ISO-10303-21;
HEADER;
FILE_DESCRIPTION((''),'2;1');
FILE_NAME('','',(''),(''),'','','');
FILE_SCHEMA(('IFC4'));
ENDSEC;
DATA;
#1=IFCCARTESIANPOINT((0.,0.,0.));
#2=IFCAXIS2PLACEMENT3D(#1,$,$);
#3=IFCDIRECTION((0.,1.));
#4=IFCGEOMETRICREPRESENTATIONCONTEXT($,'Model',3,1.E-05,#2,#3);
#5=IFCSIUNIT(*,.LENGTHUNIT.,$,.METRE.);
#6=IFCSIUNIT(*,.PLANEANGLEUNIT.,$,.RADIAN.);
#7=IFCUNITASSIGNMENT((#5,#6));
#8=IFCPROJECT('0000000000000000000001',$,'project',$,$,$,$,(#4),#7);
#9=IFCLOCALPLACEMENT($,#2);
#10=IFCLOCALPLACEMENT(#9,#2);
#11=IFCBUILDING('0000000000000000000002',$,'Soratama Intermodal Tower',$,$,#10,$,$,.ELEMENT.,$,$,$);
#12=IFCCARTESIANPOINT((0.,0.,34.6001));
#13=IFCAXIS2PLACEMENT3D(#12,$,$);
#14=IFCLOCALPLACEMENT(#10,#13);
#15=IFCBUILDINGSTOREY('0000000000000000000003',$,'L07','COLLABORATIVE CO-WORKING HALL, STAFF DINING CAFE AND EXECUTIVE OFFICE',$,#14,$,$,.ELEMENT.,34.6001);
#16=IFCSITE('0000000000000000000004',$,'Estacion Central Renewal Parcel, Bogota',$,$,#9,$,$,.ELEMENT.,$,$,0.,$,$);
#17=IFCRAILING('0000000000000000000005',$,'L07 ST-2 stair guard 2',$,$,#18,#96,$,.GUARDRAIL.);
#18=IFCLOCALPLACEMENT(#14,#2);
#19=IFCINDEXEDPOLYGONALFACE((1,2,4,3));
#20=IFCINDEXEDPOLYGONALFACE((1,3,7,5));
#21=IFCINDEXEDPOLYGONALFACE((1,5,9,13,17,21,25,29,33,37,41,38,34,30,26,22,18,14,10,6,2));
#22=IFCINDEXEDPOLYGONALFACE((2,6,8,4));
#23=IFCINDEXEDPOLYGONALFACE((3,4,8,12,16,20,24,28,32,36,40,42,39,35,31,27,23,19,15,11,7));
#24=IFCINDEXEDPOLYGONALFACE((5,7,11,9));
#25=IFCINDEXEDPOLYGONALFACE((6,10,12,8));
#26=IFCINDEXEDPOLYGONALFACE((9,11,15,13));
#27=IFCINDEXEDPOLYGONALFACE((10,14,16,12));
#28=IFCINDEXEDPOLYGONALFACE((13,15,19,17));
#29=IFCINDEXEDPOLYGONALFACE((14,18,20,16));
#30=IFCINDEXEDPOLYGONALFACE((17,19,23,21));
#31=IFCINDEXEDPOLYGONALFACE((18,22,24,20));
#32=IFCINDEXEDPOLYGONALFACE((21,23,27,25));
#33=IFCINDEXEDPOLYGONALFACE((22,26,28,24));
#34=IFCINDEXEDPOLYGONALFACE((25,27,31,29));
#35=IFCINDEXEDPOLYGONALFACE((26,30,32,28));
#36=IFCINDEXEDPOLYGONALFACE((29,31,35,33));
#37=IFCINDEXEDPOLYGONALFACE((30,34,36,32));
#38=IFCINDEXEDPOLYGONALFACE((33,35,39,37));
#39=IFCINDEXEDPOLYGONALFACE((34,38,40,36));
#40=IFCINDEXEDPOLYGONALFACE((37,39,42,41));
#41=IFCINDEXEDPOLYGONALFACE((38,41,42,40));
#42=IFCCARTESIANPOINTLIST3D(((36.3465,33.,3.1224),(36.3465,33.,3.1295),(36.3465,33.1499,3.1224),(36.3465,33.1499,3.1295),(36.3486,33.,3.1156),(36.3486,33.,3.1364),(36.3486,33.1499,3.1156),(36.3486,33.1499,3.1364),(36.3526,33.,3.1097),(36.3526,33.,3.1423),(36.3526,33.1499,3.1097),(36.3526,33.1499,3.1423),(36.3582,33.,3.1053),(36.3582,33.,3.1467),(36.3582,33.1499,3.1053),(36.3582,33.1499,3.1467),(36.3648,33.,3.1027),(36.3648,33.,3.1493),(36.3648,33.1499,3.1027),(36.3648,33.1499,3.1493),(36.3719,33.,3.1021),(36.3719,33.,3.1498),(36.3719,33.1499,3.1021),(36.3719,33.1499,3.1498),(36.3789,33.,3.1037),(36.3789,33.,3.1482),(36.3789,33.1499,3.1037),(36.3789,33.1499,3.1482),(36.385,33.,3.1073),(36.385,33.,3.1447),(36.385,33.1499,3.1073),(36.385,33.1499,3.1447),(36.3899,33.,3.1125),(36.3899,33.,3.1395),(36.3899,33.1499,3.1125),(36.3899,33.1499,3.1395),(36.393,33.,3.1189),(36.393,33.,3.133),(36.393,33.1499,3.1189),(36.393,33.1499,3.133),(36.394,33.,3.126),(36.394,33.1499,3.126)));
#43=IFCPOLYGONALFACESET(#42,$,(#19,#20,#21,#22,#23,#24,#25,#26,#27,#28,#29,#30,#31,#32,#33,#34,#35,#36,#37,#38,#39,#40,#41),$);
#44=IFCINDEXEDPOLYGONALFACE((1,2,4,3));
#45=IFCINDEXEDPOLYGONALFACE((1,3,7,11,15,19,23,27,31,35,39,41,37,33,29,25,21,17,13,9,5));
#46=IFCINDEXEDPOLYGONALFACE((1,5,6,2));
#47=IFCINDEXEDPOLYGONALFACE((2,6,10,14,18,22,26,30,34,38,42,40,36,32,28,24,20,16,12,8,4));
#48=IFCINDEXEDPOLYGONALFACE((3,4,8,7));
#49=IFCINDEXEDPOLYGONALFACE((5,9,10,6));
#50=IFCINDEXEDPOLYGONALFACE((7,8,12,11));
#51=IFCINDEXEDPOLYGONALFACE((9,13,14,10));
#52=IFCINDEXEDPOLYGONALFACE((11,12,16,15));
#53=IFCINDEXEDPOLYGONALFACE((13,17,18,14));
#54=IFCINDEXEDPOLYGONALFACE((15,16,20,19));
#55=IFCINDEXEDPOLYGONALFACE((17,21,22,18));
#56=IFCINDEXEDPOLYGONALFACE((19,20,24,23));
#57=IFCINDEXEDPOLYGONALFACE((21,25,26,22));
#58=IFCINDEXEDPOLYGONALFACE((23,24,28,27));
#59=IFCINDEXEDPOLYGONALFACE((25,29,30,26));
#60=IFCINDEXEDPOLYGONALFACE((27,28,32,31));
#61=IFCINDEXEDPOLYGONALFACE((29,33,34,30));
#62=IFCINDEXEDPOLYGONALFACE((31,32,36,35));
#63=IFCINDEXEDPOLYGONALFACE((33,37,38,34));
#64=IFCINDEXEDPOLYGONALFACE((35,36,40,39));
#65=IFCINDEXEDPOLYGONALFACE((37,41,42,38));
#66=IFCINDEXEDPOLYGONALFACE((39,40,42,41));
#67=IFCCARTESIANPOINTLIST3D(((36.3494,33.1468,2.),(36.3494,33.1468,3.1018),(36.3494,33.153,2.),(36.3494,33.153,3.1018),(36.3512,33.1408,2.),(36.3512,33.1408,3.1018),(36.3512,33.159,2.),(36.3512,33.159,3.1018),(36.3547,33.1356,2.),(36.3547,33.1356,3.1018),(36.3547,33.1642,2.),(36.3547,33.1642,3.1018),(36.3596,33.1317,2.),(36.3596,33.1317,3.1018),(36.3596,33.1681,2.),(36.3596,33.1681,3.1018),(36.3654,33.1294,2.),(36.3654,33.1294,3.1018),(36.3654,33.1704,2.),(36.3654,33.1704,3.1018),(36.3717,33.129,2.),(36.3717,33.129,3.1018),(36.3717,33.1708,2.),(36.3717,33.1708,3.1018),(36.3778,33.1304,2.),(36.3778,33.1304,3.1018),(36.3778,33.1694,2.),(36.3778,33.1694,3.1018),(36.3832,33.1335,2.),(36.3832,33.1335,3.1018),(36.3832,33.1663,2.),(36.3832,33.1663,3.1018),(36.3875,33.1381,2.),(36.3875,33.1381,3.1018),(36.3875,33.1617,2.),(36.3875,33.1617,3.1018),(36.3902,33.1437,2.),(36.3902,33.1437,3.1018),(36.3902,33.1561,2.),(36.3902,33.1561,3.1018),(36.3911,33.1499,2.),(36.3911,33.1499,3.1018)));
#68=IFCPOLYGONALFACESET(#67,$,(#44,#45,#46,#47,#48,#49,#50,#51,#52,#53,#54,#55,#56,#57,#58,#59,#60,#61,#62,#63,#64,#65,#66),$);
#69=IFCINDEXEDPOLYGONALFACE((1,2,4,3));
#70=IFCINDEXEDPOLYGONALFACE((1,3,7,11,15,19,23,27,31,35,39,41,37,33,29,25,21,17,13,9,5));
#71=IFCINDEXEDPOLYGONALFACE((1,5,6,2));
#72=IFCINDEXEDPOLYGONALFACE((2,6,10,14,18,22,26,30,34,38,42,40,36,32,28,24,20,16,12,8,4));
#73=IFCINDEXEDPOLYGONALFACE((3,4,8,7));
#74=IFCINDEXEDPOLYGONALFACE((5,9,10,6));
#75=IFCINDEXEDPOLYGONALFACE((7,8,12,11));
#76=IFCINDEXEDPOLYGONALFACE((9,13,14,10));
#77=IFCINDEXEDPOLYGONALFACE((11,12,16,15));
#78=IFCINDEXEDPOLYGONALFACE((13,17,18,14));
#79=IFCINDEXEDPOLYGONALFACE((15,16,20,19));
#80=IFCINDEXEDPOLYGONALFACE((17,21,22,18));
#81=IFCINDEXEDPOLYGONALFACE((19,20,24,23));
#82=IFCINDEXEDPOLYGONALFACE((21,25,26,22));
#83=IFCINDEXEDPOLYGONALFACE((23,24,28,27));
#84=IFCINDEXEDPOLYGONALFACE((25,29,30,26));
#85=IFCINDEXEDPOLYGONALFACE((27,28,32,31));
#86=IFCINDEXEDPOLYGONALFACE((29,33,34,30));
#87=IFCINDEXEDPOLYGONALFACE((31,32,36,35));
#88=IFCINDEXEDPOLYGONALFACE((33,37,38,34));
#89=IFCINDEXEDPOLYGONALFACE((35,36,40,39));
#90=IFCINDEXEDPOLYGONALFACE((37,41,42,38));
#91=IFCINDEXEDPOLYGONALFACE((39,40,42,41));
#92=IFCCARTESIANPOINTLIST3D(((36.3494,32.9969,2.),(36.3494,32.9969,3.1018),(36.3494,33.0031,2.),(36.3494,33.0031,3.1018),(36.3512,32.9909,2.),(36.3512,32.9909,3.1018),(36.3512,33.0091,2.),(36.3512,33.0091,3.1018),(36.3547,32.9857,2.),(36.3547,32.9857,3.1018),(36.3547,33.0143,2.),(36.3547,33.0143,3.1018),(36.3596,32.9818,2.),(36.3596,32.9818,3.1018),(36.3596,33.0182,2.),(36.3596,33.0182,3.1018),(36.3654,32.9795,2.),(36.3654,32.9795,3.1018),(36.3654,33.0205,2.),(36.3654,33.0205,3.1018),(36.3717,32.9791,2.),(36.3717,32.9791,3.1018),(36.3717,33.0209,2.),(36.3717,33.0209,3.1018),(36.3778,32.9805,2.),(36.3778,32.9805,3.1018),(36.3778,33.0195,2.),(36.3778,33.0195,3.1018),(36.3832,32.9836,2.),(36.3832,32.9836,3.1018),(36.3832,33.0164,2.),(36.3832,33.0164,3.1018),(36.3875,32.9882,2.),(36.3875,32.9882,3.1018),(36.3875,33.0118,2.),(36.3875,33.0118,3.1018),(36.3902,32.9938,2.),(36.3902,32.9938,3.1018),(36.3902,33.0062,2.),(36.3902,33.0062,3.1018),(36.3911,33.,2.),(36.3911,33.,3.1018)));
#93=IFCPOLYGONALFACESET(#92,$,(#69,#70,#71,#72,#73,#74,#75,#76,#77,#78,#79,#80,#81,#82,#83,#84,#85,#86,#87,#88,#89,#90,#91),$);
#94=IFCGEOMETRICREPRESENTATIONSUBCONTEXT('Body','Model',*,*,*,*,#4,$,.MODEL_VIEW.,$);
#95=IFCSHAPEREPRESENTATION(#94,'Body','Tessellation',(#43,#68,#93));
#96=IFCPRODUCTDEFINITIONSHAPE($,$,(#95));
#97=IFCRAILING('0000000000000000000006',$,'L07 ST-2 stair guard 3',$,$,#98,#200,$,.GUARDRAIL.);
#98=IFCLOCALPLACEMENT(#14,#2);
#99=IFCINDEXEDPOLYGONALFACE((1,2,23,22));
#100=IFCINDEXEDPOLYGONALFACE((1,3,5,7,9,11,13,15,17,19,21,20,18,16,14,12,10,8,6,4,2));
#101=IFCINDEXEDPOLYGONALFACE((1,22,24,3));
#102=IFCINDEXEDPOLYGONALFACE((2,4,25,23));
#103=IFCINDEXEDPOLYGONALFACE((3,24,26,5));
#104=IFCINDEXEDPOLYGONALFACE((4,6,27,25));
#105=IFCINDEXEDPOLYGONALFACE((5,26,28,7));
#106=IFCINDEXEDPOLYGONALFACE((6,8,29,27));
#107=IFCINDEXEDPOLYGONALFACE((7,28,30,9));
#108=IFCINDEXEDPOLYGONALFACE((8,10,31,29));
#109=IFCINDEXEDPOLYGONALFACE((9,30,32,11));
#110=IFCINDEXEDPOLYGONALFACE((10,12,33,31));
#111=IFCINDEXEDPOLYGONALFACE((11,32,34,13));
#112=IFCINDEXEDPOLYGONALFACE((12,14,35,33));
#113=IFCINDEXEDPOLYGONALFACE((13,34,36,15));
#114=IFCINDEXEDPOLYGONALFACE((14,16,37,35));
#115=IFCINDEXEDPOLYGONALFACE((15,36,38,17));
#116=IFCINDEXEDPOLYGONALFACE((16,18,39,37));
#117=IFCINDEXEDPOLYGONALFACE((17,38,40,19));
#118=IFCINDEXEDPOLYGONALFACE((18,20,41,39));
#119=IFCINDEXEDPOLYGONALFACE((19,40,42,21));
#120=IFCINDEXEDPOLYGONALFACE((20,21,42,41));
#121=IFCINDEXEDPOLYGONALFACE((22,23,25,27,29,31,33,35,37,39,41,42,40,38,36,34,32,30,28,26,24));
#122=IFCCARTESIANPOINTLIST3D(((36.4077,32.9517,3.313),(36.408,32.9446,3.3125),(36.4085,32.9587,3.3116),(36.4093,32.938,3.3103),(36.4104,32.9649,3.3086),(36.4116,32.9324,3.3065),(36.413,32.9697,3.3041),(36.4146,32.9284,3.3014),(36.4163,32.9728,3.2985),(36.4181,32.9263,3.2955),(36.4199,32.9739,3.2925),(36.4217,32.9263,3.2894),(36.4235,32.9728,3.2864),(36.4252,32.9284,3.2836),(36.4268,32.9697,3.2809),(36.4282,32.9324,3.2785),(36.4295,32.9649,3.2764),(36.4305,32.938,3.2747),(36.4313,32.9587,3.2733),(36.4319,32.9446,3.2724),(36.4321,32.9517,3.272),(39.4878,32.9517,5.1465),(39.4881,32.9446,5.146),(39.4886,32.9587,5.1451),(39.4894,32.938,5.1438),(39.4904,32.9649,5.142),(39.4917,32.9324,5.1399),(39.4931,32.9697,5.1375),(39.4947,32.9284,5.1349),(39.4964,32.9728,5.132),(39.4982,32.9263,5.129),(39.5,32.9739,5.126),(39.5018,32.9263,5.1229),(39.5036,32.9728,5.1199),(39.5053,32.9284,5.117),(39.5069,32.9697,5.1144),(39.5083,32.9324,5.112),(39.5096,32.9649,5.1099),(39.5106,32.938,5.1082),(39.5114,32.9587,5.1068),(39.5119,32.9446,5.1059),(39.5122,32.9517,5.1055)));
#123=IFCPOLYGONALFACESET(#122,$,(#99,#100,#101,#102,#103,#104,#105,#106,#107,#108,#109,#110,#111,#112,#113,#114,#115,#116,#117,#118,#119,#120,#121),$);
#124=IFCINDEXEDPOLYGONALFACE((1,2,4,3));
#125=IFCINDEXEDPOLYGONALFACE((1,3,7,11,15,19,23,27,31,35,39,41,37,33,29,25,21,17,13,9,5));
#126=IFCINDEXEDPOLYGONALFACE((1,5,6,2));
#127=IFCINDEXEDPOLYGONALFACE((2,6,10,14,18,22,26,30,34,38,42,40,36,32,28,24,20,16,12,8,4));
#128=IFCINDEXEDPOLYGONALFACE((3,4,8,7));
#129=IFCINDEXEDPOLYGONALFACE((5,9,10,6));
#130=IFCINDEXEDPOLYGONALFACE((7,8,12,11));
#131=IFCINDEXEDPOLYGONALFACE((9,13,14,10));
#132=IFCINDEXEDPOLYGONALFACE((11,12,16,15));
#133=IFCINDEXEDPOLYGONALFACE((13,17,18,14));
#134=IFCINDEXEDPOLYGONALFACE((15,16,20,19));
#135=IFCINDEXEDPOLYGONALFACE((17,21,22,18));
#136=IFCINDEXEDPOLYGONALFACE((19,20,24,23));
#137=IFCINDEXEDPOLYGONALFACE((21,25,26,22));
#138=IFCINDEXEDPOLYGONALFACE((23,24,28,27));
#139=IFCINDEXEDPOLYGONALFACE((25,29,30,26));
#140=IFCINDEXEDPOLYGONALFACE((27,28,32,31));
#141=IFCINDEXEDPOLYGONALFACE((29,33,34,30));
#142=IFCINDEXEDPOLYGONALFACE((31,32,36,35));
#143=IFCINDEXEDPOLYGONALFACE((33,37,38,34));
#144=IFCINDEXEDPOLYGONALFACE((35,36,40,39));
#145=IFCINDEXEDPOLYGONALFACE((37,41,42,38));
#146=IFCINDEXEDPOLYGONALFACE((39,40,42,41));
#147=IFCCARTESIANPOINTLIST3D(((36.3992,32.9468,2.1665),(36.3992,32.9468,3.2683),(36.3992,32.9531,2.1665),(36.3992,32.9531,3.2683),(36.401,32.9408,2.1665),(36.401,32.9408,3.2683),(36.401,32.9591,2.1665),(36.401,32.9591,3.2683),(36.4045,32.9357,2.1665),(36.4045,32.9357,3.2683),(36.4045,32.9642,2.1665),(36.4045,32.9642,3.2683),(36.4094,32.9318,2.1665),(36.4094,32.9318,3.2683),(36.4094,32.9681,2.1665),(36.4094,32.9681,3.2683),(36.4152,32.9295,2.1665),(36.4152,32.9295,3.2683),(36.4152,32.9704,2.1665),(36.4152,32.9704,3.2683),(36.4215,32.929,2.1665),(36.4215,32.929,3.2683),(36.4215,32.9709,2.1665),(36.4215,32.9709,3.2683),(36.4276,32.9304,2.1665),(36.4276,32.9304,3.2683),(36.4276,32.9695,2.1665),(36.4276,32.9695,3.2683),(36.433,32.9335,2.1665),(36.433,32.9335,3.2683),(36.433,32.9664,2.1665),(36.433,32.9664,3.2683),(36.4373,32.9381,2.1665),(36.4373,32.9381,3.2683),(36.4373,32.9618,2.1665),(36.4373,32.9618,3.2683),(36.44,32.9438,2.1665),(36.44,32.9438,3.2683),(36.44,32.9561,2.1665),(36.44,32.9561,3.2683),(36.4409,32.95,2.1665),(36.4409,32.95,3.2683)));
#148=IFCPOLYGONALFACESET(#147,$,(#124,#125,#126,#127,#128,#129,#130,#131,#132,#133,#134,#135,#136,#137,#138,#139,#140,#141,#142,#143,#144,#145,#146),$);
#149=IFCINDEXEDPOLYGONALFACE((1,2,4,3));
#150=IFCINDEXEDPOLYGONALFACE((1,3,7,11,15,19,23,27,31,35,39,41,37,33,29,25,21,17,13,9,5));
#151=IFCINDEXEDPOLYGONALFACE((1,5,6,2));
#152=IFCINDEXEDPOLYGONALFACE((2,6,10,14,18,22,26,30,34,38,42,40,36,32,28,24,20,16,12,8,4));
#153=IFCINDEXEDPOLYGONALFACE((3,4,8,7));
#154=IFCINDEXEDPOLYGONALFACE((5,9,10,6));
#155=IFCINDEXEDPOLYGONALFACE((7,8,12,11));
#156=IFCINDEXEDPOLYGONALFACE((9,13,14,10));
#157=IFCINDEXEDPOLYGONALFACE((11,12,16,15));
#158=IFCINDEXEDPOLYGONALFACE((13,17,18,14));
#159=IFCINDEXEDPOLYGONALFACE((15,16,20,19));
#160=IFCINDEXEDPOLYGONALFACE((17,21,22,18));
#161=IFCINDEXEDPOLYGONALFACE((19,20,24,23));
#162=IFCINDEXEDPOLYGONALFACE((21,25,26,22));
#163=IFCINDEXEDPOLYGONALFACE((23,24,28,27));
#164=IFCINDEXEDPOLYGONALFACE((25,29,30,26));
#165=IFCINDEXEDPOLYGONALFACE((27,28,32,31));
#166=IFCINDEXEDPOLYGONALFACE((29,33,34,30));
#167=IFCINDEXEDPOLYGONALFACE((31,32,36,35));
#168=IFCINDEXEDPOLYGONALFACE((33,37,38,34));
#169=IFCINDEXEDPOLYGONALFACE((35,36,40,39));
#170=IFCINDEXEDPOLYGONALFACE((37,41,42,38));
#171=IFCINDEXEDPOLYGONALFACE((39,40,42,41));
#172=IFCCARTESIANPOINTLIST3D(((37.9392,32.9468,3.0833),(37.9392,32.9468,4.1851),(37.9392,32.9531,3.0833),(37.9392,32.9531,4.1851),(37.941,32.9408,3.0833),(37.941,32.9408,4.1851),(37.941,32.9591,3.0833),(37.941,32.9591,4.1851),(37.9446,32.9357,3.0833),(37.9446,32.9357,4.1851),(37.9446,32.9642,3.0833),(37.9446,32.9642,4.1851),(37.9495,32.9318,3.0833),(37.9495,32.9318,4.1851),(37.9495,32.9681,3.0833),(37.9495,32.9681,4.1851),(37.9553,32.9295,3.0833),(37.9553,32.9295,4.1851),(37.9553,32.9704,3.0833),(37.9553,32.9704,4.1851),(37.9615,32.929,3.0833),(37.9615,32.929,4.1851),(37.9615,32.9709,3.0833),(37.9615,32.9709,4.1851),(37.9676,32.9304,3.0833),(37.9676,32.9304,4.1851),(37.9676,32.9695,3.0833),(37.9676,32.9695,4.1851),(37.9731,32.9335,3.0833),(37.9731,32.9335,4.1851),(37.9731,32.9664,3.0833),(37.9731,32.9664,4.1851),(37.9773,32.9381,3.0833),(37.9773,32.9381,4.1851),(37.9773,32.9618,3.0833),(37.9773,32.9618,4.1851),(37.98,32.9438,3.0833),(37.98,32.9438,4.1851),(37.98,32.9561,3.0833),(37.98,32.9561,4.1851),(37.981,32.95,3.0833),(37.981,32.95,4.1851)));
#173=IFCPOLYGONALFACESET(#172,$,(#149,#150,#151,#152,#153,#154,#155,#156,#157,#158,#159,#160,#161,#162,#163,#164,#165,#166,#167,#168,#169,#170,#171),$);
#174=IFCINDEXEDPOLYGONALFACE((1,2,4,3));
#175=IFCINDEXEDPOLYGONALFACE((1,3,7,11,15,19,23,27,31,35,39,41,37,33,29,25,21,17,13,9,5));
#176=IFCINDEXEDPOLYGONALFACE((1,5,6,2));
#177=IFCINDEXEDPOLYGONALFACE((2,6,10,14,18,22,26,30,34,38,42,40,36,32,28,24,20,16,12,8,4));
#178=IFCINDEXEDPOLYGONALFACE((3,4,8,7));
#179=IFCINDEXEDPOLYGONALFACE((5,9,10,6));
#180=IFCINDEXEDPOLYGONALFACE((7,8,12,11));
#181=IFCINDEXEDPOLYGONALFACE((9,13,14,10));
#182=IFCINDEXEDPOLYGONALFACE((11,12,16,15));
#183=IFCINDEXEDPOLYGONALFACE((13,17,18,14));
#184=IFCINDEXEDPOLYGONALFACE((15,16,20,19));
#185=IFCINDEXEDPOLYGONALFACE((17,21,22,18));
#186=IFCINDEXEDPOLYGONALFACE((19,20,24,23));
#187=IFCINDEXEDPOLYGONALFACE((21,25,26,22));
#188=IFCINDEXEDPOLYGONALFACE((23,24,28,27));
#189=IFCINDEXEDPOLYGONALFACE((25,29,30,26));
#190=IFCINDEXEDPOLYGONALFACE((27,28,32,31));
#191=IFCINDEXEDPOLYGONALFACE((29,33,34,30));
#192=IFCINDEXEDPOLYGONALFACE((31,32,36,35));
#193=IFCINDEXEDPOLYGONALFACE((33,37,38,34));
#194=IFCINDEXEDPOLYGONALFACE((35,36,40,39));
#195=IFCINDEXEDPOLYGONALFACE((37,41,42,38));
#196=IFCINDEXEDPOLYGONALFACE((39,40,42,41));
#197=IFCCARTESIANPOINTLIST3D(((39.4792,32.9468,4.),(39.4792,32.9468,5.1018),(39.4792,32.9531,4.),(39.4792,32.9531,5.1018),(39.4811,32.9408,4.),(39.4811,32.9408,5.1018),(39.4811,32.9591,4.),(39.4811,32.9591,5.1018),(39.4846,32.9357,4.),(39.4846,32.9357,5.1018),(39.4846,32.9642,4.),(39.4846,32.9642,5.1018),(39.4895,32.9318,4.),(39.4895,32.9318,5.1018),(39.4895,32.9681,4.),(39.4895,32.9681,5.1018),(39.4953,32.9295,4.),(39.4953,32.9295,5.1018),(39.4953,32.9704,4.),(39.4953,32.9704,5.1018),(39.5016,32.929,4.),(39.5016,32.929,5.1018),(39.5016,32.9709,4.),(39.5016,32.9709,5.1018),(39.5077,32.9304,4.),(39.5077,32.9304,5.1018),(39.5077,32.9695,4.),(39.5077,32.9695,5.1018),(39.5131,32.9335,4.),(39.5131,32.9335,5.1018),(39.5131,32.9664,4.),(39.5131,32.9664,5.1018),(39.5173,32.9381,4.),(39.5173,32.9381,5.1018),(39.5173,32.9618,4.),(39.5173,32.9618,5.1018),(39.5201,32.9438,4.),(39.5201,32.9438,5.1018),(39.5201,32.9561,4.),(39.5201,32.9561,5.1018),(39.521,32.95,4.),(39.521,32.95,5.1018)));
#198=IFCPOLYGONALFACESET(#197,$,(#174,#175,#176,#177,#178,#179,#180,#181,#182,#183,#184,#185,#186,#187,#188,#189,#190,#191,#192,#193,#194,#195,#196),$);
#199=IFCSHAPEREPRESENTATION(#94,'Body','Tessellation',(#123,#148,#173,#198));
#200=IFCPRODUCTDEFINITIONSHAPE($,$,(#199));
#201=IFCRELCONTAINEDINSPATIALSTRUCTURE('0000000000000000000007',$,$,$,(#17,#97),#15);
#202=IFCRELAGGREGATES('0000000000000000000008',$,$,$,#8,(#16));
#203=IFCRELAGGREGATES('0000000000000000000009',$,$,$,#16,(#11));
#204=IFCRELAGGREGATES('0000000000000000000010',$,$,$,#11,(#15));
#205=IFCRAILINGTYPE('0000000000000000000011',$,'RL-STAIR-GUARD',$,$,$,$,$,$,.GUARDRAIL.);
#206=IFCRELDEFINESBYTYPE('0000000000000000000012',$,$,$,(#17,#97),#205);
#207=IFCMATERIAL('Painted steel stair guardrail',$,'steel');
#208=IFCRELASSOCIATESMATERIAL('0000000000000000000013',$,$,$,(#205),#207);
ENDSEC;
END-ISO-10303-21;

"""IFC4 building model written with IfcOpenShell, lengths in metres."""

from ifc_helpers import new_model, si_unit, direction, frame, origin, origin_2d, place, context, subcontext, project, spatial, circle, extrude, material, type_object, element, save


model = new_model("IFC4")

# Units and contexts
model_context = context("Model", 3, precision=1e-05, world=origin(), true_north=direction((0.0, 1.0)))
body_context = subcontext(model_context, "Body", "Model", "MODEL_VIEW")
ifc_project = project(units=[si_unit("LENGTHUNIT", "METRE"), si_unit("PLANEANGLEUNIT", "RADIAN")], contexts=[model_context])

# Site, building, storey
site_placement = place(None, origin())
site = spatial("IfcSite", under=ifc_project, at=site_placement, Name="Estacion Central Renewal Parcel, Bogota", CompositionType="ELEMENT", RefElevation=0.0)
building_placement = place(site_placement, origin())
building = spatial("IfcBuilding", under=site, at=building_placement, Name="Soratama Intermodal Tower", CompositionType="ELEMENT")
storey_placement = place(building_placement, frame((0.0, 0.0, 34.6001)))
storey = spatial("IfcBuildingStorey", under=building, at=storey_placement, Name="L07", Description="COLLABORATIVE CO-WORKING HALL, STAFF DINING CAFE AND EXECUTIVE OFFICE", CompositionType="ELEMENT", Elevation=34.6001)

# Railings
ifc_material_1 = material(Name="Painted steel stair guardrail", Category="steel")
railing_type = type_object("IfcRailingType", Name="RL-STAIR-GUARD", PredefinedType="GUARDRAIL", material=ifc_material_1)
railing_1_placement = place(storey_placement, frame((36.3701, 33.1499, 2.0)))
element("IfcRailing", 1, at=railing_1_placement, inside=storey, type_object=railing_type, Name="L07 ST-2 stair guard 2", PredefinedType="GUARDRAIL", context=body_context, shape_type="SweptSolid", body=[
    extrude(circle(Radius=0.0239, at=origin_2d()), frame((0.0, 0.0, 1.126), z_axis=(0.0, -1.0, 0.0), x_axis=(1.0, 0.0, 0.0)), (0.0, 0.0, 1.0), 0.1499),
    extrude(circle(Radius=0.021, at=origin_2d()), origin(), (0.0, 0.0, 1.0), 1.1018),
    extrude(circle(Radius=0.021, at=origin_2d()), frame((0.0, -0.1499, 0.0)), (0.0, 0.0, 1.0), 1.1018),
])
railing_2_placement = place(storey_placement, frame((36.4199, 32.95, 2.1665)))
element("IfcRailing", 2, at=railing_2_placement, inside=storey, type_object=railing_type, Name="L07 ST-2 stair guard 3", PredefinedType="GUARDRAIL", context=body_context, shape_type="SweptSolid", body=[
    extrude(circle(Radius=0.0239, at=origin_2d()), frame((0.0, 0.0, 1.126), z_axis=(0.859279, 0.0, 0.511508), x_axis=(0.0, 1.0, 0.0)), (0.0, 0.0, 1.0), 3.5845),
    extrude(circle(Radius=0.021, at=origin_2d()), origin(), (0.0, 0.0, 1.0), 1.1018),
    extrude(circle(Radius=0.021, at=origin_2d()), frame((1.54, 0.0, 0.9167)), (0.0, 0.0, 1.0), 1.1018),
    extrude(circle(Radius=0.021, at=origin_2d()), frame((3.0801, 0.0, 1.8335)), (0.0, 0.0, 1.0), 1.1018),
])

save(model, "model.ifc")
